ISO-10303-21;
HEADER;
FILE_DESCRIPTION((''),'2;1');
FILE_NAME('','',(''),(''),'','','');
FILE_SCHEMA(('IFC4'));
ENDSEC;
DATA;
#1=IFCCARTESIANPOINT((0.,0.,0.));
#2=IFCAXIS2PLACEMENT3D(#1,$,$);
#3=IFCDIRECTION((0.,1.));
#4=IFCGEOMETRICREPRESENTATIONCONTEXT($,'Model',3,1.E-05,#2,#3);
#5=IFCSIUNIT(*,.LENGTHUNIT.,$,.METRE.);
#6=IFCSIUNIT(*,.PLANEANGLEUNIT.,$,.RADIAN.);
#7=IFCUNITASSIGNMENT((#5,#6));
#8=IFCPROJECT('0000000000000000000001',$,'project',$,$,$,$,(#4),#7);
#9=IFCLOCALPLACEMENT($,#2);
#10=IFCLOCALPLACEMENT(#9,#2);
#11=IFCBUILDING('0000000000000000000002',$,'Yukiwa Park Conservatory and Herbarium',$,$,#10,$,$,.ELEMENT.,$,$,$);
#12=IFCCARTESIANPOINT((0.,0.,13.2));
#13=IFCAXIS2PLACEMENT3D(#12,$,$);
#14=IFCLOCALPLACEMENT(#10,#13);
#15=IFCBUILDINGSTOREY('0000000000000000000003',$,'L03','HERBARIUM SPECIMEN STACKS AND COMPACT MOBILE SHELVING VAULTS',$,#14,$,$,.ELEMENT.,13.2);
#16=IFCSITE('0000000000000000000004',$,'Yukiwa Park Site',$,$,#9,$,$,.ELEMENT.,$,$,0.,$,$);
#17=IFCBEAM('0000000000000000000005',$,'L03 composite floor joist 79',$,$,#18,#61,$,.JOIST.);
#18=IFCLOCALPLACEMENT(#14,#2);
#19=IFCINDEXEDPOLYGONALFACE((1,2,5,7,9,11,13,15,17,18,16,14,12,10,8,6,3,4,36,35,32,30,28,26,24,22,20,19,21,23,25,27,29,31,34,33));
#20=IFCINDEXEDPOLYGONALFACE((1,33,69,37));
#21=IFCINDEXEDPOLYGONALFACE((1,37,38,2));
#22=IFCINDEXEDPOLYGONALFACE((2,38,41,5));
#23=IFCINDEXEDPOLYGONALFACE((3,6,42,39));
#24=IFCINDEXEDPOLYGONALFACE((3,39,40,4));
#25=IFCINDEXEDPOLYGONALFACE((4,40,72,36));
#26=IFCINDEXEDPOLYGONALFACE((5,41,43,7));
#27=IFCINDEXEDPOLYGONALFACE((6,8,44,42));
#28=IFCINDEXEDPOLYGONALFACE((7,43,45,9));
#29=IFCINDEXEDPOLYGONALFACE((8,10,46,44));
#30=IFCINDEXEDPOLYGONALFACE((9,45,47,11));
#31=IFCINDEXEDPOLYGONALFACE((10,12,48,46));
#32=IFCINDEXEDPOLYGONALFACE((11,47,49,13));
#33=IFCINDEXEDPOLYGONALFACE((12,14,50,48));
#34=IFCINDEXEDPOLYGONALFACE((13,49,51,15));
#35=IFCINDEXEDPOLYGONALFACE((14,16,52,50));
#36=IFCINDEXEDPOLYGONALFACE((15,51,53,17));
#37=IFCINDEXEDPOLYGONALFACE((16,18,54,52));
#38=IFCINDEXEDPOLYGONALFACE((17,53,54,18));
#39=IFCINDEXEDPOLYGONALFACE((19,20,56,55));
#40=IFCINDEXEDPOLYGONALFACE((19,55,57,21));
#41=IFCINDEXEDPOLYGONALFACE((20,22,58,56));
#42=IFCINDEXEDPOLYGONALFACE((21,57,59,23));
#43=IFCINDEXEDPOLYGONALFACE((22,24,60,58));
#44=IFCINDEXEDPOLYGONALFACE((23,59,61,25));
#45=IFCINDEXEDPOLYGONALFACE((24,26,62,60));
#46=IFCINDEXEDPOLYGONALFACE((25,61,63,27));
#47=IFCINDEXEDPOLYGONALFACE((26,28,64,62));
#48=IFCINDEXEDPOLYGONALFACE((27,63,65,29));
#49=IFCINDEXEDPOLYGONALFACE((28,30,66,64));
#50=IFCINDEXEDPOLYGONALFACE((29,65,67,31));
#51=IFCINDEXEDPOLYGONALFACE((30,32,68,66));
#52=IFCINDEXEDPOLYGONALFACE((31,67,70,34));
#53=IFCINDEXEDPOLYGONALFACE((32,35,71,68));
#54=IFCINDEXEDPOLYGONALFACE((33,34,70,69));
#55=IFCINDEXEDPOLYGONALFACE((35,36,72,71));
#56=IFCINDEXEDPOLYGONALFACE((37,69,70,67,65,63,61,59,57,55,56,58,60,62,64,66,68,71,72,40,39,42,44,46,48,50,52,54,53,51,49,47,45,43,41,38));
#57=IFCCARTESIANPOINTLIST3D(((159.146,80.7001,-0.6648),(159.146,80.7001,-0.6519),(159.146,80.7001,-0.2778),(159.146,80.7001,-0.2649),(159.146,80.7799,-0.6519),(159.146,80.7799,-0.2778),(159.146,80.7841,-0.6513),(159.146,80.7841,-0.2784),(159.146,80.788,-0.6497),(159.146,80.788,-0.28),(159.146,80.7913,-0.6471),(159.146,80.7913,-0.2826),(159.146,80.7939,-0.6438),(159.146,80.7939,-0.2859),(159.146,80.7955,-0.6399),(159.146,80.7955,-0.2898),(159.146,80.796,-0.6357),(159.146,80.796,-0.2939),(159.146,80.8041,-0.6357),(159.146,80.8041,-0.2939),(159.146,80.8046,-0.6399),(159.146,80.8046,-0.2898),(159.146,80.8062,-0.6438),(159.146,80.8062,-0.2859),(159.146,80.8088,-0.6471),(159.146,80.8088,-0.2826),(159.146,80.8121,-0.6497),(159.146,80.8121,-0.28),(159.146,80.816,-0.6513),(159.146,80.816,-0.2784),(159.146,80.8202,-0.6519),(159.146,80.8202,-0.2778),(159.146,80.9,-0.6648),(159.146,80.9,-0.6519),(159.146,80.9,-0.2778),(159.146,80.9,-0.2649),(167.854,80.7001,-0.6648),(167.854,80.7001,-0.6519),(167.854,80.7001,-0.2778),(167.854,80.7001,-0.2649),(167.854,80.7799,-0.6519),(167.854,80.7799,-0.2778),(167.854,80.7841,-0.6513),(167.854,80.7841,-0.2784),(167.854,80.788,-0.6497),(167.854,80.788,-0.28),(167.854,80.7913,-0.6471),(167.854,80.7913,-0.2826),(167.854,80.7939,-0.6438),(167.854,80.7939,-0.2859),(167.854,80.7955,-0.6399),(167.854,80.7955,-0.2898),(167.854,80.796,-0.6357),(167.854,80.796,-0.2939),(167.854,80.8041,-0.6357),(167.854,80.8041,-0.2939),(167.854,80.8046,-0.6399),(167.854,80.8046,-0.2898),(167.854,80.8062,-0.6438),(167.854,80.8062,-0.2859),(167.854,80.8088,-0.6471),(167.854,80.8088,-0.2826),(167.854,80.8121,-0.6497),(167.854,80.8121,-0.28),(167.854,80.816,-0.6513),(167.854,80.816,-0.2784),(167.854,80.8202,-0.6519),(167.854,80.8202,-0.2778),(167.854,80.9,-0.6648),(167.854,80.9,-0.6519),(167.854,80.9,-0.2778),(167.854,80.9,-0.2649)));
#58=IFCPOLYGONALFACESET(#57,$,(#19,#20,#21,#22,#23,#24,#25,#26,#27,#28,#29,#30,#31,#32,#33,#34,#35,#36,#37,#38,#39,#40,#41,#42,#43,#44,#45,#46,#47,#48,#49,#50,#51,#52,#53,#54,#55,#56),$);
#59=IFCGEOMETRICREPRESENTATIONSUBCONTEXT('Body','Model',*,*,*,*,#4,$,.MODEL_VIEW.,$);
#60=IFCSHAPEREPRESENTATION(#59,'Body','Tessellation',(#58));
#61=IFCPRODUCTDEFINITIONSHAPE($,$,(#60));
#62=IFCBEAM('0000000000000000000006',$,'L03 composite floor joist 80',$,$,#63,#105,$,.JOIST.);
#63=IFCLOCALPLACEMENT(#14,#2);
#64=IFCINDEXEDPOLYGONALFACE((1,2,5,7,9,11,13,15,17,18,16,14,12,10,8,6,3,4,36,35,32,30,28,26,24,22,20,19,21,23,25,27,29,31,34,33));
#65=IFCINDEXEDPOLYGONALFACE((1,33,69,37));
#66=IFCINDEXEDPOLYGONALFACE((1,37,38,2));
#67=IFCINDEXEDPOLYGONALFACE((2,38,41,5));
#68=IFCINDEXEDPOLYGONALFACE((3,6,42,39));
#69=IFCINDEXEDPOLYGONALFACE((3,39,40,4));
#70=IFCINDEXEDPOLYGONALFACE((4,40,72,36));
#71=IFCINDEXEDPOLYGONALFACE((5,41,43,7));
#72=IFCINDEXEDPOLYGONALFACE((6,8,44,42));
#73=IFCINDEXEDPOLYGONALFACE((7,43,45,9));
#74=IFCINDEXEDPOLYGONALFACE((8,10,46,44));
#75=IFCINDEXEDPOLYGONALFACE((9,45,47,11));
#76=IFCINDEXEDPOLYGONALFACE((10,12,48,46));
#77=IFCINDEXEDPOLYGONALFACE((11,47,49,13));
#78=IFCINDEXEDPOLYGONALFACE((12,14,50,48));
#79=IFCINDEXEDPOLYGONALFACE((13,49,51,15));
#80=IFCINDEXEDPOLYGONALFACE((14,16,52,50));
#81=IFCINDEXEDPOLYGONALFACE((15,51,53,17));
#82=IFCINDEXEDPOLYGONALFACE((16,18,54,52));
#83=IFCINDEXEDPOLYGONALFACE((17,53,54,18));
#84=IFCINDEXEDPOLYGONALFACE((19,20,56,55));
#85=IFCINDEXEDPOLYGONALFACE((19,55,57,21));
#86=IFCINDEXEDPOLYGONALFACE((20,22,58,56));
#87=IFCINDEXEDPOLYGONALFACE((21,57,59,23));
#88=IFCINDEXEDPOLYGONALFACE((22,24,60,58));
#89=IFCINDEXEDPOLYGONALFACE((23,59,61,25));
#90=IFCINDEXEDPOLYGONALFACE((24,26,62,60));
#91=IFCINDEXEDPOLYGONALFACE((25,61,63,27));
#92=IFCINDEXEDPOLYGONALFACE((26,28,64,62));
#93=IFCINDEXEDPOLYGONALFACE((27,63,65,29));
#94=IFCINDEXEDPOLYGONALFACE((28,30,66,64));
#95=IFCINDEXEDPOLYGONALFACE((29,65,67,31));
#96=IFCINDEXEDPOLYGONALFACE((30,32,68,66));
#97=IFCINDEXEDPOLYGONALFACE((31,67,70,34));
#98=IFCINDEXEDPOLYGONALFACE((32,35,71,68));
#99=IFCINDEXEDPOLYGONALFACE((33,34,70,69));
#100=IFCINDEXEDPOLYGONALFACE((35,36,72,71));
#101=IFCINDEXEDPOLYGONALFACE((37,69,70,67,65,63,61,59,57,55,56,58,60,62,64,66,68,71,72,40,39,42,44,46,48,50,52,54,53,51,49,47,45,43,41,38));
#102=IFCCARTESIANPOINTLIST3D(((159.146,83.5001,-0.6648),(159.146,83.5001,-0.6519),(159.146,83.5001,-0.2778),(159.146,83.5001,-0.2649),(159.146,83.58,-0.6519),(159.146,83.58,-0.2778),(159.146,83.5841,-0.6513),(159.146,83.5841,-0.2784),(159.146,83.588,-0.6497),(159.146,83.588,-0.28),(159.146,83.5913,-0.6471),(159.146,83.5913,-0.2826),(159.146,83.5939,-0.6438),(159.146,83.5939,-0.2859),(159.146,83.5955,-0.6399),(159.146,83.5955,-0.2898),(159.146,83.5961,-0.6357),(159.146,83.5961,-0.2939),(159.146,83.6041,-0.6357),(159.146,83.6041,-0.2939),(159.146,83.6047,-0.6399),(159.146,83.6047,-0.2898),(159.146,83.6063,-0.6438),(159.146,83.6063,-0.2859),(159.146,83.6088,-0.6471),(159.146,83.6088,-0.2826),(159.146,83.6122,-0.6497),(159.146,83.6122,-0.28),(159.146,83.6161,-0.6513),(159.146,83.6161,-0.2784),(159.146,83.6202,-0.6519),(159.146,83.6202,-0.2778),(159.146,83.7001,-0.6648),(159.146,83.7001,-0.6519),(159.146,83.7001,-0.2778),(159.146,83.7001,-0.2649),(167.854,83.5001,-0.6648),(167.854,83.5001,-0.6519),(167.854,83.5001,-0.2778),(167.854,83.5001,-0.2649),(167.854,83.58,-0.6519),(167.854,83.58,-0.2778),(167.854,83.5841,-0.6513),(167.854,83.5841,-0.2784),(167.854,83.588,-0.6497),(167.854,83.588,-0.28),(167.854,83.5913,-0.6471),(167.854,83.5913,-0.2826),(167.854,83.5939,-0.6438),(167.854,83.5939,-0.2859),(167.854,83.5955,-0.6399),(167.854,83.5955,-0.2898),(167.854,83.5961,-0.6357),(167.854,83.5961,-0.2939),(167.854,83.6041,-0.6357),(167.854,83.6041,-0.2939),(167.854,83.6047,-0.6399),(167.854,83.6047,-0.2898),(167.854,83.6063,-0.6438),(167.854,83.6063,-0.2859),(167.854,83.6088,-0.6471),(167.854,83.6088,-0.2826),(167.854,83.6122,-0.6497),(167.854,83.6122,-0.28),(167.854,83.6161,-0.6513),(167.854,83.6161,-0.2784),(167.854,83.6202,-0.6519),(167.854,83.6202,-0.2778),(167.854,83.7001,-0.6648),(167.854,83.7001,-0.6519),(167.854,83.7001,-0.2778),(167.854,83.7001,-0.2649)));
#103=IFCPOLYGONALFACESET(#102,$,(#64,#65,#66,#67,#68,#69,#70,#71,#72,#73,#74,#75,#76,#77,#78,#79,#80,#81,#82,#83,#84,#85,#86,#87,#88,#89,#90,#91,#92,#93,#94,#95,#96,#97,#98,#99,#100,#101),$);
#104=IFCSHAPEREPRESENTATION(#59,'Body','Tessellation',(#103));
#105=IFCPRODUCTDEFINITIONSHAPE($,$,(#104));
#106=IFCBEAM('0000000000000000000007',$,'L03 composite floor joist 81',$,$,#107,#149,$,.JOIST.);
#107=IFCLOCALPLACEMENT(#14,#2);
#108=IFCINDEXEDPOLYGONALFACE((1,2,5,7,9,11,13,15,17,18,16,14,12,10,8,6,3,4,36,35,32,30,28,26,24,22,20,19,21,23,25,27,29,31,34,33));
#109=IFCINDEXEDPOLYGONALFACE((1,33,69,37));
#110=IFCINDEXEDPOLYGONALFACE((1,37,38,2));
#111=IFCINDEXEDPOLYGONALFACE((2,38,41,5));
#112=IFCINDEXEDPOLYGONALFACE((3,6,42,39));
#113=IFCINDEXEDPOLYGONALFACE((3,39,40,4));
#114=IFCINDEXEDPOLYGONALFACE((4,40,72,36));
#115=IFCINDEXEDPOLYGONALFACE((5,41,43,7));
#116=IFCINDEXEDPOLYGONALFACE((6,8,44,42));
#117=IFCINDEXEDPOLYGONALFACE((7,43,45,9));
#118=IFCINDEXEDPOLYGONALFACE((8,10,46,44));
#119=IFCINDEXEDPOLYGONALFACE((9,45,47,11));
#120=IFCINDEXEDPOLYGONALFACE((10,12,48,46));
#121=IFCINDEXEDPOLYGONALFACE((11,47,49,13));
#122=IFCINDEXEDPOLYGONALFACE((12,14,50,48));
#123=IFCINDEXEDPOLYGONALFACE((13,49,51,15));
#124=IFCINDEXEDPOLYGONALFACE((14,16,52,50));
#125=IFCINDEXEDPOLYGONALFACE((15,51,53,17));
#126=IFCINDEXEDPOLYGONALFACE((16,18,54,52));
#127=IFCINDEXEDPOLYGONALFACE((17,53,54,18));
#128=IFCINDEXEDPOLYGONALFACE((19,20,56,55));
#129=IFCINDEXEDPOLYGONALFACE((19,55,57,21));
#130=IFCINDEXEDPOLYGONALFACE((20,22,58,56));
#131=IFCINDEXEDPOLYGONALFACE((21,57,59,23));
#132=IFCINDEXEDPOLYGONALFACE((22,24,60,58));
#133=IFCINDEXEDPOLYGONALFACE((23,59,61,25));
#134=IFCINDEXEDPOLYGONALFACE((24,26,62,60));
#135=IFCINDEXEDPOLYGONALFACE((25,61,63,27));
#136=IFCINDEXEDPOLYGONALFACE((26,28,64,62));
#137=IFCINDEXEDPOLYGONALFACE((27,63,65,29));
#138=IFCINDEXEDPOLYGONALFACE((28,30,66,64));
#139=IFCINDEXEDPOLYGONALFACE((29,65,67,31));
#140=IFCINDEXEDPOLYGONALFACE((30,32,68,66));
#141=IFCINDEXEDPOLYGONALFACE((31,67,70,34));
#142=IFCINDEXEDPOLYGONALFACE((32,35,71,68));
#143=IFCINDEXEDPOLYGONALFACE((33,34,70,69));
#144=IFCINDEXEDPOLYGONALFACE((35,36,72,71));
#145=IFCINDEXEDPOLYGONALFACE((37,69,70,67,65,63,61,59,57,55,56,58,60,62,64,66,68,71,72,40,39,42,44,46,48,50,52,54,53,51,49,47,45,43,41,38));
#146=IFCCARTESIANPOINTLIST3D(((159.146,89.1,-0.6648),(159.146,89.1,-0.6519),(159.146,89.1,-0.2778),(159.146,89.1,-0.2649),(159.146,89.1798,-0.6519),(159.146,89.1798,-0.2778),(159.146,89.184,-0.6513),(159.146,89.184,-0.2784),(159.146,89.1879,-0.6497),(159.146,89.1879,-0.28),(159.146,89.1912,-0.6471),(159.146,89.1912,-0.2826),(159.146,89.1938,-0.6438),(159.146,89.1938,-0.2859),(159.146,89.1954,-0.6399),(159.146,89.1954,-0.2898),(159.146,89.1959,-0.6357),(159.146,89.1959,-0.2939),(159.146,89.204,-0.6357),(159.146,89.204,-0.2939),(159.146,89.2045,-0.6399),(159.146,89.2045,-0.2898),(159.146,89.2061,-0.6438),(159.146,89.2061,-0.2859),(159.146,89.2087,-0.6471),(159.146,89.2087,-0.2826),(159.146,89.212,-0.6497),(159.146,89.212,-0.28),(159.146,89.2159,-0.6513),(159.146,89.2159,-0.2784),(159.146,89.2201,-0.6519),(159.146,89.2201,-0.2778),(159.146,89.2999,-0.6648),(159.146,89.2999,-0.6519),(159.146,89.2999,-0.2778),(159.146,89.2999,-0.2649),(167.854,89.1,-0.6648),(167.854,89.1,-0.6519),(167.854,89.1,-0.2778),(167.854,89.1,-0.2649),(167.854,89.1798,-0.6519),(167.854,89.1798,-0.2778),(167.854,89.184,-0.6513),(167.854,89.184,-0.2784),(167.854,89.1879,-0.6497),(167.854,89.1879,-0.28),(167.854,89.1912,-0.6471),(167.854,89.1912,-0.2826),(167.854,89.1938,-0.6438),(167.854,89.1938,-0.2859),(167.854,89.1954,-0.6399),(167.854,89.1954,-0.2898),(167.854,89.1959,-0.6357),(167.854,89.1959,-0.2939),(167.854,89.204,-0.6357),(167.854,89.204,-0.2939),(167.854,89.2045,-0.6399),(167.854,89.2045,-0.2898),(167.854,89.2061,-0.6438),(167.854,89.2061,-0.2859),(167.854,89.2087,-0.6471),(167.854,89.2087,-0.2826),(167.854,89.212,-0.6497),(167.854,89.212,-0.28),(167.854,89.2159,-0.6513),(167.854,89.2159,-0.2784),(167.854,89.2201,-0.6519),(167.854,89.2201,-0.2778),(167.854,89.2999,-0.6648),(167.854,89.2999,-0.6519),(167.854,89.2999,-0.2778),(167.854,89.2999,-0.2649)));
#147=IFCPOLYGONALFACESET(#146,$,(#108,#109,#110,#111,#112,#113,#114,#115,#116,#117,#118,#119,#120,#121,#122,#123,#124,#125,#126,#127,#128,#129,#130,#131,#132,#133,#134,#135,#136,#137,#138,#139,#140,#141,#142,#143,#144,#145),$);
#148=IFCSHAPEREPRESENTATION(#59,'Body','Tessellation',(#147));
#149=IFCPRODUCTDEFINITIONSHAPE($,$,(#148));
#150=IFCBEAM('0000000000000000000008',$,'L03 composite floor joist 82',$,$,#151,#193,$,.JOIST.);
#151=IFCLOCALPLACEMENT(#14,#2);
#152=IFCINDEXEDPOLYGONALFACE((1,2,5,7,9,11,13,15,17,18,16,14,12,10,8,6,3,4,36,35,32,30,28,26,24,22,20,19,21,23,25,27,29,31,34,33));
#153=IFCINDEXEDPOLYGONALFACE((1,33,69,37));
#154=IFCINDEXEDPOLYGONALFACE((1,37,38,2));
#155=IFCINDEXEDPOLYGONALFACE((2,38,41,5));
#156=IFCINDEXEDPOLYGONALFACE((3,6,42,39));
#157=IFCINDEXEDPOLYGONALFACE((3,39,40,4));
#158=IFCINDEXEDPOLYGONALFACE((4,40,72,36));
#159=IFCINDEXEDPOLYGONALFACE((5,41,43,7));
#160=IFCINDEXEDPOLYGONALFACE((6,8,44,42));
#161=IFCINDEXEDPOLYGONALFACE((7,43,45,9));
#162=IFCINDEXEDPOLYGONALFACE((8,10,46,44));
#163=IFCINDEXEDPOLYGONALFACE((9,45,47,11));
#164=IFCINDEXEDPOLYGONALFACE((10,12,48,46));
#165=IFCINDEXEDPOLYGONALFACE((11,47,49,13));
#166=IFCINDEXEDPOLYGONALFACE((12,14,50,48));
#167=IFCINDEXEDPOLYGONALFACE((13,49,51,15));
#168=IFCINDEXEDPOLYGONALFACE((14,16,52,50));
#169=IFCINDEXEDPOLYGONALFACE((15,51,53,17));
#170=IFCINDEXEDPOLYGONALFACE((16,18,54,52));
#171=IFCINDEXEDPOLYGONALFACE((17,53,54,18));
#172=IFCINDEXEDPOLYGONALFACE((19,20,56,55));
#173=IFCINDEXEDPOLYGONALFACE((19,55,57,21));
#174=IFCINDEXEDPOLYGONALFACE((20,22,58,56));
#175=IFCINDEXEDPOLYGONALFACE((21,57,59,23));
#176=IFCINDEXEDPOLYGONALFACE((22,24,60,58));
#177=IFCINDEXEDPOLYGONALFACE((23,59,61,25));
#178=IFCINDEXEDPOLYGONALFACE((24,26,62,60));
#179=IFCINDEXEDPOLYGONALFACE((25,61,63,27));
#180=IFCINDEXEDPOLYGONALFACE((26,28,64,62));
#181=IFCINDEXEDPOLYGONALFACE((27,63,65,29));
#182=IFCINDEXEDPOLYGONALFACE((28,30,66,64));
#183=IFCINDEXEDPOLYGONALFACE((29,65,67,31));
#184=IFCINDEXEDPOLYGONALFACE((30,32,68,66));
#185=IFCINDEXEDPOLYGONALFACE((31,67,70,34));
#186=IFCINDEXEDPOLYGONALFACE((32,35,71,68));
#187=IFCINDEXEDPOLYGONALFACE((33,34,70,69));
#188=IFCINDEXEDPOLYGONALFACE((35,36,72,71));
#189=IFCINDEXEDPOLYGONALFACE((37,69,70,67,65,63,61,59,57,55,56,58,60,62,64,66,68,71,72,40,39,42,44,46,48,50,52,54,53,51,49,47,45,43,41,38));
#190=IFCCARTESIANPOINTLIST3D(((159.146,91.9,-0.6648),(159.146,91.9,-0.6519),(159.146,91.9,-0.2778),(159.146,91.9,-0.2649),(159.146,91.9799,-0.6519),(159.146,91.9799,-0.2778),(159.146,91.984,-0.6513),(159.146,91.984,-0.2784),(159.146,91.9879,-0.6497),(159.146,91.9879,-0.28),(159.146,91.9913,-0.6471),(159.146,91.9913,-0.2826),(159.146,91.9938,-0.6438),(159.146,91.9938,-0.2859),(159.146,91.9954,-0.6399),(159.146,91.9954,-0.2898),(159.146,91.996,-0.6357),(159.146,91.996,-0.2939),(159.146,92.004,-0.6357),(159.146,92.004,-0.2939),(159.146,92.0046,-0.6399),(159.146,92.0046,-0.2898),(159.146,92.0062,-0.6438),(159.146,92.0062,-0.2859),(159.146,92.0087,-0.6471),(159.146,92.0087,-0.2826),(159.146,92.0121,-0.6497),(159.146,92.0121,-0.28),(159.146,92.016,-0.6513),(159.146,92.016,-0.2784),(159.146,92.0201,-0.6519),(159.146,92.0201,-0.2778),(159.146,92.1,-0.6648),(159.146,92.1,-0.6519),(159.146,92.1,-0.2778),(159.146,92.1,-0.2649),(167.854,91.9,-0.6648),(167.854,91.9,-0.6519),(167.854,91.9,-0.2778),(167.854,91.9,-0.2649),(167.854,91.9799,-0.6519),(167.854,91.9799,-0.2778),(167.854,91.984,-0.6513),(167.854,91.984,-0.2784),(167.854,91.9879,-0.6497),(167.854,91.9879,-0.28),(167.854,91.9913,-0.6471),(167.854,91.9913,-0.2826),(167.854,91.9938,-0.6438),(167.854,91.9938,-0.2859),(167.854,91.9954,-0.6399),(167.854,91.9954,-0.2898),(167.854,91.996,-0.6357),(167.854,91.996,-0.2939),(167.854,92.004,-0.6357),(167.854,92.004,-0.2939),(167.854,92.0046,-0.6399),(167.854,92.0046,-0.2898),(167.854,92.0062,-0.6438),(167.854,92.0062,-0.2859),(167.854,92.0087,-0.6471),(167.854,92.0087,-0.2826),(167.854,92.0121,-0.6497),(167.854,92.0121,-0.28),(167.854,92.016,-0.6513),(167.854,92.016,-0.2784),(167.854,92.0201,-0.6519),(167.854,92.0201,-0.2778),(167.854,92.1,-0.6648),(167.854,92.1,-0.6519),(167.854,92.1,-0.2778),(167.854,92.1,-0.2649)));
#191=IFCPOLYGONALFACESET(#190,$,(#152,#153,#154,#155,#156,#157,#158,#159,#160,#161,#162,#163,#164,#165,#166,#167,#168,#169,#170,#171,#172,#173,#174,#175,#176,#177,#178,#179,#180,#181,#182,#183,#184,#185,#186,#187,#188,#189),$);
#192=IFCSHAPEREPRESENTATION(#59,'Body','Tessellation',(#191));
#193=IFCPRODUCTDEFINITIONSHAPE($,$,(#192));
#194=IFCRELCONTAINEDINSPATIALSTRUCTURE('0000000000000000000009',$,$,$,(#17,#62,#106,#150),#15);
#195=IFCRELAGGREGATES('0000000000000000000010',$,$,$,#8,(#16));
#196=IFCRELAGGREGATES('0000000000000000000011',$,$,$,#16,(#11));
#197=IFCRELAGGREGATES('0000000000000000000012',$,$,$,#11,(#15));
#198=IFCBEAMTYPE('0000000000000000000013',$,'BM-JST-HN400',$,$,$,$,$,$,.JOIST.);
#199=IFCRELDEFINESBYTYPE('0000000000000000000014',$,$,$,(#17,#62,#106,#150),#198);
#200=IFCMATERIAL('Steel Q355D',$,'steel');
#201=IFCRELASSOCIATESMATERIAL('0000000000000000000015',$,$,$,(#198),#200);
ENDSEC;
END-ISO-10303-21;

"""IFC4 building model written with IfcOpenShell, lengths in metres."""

from ifc_helpers import new_model, si_unit, direction, frame, origin, origin_2d, place, context, subcontext, project, spatial, i_section, extrude, material, material_profile, profile_set, type_object, element, save


model = new_model("IFC4")

# Units and contexts
model_context = context("Model", 3, precision=1e-05, world=origin(), true_north=direction((0.0, 1.0)))
body_context = subcontext(model_context, "Body", "Model", "MODEL_VIEW")
ifc_project = project(units=[si_unit("LENGTHUNIT", "METRE"), si_unit("PLANEANGLEUNIT", "RADIAN")], contexts=[model_context])

# Site, building, storey
site_placement = place(None, origin())
site = spatial("IfcSite", under=ifc_project, at=site_placement, Name="Yukiwa Park Site", CompositionType="ELEMENT", RefElevation=0.0)
building_placement = place(site_placement, origin())
building = spatial("IfcBuilding", under=site, at=building_placement, Name="Yukiwa Park Conservatory and Herbarium", CompositionType="ELEMENT")
storey_placement = place(building_placement, frame((0.0, 0.0, 13.2)))
storey = spatial("IfcBuildingStorey", under=building, at=storey_placement, Name="L03", Description="HERBARIUM SPECIMEN STACKS AND COMPACT MOBILE SHELVING VAULTS", CompositionType="ELEMENT", Elevation=13.2)

# Beams
ifc_material_1 = material(Name="Steel Q355D", Category="steel")
ifc_material_profile_1 = material_profile(ifc_material_1, i_section(OverallWidth=0.2, OverallDepth=0.3999, WebThickness=0.0081, FlangeThickness=0.0129, FilletRadius=0.0161, at=origin_2d()), Name="HN 400x200x8x13")
ifc_profile_set_1 = profile_set([ifc_material_profile_1], Name="Steel Q355D")
beam_type_1 = type_object("IfcBeamType", Name="BM-JST-HN400", PredefinedType="JOIST", material=ifc_profile_set_1)
for number, where, z_axis, x_axis, name in (
    (1, (159.146, 80.8, -0.4648), (1.0, 0.0, 0.0), (0.0, 1.0, 0.0), "L03 composite floor joist 79"),
    (2, (159.146, 83.6001, -0.4648), (1.0, 0.0, 0.0), (0.0, 1.0, 0.0), "L03 composite floor joist 80"),
    (3, (159.146, 89.2, -0.4648), (1.0, 0.0, 0.0), (0.0, 1.0, 0.0), "L03 composite floor joist 81"),
    (4, (159.146, 92.0, -0.4648), (1.0, 0.0, 0.0), (0.0, 1.0, 0.0), "L03 composite floor joist 82"),
):
    element("IfcBeam", number, at=place(storey_placement, frame(where, z_axis=z_axis, x_axis=x_axis)), inside=storey, type_object=beam_type_1, Name=name, PredefinedType="JOIST", context=body_context, shape_type="SweptSolid", body=[
        extrude(i_section(OverallWidth=0.2, OverallDepth=0.3999, WebThickness=0.0081, FlangeThickness=0.0129, FilletRadius=0.0161, at=origin_2d()), origin(), (0.0, 0.0, 1.0), 8.708),
    ])

save(model, "model.ifc")
